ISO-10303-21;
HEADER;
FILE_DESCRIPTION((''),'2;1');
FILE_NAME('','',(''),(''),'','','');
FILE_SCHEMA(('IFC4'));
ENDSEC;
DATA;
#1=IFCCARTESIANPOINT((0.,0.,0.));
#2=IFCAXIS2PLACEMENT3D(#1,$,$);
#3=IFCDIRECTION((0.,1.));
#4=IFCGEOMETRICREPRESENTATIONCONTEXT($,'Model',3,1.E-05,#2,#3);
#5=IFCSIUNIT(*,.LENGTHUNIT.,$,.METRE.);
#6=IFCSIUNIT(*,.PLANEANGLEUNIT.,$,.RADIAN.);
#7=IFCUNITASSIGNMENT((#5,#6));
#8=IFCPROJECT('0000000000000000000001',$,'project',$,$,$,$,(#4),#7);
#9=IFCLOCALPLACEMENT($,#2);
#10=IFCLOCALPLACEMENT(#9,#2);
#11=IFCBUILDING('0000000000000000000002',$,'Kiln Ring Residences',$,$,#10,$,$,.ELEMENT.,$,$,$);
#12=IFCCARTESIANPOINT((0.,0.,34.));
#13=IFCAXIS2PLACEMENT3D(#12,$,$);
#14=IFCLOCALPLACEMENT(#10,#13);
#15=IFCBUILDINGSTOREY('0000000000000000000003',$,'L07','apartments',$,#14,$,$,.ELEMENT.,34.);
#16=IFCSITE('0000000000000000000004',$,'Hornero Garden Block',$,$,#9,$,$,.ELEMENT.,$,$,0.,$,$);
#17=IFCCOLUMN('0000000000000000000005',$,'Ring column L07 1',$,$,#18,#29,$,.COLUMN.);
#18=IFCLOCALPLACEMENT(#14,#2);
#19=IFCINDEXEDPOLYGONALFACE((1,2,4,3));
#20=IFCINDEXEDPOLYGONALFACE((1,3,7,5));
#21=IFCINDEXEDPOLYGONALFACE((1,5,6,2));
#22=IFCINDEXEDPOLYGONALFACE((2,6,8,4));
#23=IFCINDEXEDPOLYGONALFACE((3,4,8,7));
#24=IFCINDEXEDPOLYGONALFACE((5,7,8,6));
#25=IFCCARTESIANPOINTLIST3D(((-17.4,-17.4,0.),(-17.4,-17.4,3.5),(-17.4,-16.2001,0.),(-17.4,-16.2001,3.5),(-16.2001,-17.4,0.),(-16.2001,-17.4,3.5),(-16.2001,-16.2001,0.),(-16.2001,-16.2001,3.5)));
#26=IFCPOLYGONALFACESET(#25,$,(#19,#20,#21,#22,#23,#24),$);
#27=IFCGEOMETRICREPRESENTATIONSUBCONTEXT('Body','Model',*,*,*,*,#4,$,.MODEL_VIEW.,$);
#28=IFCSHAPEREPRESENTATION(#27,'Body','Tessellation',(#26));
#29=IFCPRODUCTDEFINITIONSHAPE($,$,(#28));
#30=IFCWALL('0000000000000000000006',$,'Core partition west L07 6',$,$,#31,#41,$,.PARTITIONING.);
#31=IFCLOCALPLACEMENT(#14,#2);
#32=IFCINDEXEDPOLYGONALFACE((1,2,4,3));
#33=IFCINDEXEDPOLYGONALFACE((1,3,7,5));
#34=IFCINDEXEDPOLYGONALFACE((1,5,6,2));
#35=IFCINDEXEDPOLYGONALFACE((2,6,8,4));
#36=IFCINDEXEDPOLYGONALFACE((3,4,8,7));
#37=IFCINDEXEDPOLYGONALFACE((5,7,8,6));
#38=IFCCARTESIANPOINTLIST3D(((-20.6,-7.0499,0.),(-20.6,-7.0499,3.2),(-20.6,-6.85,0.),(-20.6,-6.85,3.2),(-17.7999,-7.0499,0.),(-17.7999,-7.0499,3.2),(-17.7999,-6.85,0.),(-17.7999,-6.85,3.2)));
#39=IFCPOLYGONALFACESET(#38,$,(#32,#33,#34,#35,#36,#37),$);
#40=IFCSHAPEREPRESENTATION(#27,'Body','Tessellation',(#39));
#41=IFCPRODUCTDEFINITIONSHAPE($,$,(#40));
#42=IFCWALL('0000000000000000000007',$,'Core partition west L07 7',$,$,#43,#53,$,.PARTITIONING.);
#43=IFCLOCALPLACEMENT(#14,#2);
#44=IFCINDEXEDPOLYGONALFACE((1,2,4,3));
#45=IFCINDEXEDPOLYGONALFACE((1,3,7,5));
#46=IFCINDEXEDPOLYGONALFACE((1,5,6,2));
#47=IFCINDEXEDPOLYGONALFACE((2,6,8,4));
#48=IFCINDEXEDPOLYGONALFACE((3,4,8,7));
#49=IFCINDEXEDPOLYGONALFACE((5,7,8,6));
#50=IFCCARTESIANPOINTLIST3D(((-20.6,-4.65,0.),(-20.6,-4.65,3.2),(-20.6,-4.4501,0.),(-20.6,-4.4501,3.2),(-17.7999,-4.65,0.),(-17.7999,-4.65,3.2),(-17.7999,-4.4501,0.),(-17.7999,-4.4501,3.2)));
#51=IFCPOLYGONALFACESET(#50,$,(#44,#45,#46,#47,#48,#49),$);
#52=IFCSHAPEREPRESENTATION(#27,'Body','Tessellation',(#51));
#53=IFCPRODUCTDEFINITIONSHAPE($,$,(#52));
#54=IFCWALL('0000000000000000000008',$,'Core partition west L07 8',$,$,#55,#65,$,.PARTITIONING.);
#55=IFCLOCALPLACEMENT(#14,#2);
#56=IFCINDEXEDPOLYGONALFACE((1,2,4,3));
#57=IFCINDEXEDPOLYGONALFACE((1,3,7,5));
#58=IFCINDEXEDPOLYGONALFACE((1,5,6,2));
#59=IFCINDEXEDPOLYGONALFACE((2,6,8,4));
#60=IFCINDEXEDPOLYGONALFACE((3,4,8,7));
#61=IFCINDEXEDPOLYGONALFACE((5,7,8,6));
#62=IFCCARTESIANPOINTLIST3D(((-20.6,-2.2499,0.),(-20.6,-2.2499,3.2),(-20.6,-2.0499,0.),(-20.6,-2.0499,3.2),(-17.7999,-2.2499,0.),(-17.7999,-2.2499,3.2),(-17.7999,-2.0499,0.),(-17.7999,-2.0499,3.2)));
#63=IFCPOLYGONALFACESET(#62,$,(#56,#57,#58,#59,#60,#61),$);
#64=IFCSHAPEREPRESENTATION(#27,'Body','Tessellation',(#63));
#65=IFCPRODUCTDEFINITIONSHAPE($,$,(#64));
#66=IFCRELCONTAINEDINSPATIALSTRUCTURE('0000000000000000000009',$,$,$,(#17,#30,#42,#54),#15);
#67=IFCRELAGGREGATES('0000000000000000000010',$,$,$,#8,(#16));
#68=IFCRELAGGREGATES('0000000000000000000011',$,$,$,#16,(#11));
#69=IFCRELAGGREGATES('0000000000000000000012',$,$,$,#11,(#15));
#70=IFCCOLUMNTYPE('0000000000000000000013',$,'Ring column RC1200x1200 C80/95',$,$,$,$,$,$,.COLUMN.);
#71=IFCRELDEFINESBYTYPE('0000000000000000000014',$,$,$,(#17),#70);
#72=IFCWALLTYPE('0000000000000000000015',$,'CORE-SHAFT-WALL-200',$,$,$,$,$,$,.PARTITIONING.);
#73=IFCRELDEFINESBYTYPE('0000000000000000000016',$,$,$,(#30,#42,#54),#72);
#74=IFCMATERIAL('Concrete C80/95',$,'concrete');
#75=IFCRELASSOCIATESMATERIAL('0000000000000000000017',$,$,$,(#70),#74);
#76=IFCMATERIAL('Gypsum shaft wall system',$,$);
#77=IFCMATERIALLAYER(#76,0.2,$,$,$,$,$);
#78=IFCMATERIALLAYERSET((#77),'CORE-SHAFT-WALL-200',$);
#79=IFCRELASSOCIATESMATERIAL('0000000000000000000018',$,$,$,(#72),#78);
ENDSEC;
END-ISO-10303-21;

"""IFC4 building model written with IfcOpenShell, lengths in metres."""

from ifc_helpers import new_model, si_unit, direction, frame, frame_2d, origin, origin_2d, place, context, subcontext, project, spatial, rectangle, extrude, material, layer, layer_set, material_profile, profile_set, type_object, element, save


model = new_model("IFC4")

# Units and contexts
model_context = context("Model", 3, precision=1e-05, world=origin(), true_north=direction((0.0, 1.0)))
body_context = subcontext(model_context, "Body", "Model", "MODEL_VIEW")
ifc_project = project(units=[si_unit("LENGTHUNIT", "METRE"), si_unit("PLANEANGLEUNIT", "RADIAN")], contexts=[model_context])

# Site, building, storey
site_placement = place(None, origin())
site = spatial("IfcSite", under=ifc_project, at=site_placement, Name="Hornero Garden Block", CompositionType="ELEMENT", RefElevation=0.0)
building_placement = place(site_placement, origin())
building = spatial("IfcBuilding", under=site, at=building_placement, Name="Kiln Ring Residences", CompositionType="ELEMENT")
storey_placement = place(building_placement, frame((0.0, 0.0, 34.0)))
storey = spatial("IfcBuildingStorey", under=building, at=storey_placement, Name="L07", Description="apartments", CompositionType="ELEMENT", Elevation=34.0)

# Column
ifc_material_1 = material(Name="Concrete C80/95", Category="concrete")
ifc_material_profile = material_profile(ifc_material_1, rectangle(XDim=1.2, YDim=1.2, at=origin_2d()), Name="RC1200x1200")
ifc_profile_set = profile_set([ifc_material_profile], Name="Concrete C80/95")
column_type = type_object("IfcColumnType", Name="Ring column RC1200x1200 C80/95", PredefinedType="COLUMN", material=ifc_profile_set)
column_placement = place(storey_placement, frame((-16.8, -16.8, 0.0), z_axis=(0.0, 0.0, 1.0), x_axis=(1.0, 0.0, 0.0)))
element("IfcColumn", 1, at=column_placement, inside=storey, type_object=column_type, Name="Ring column L07 1", PredefinedType="COLUMN", context=body_context, shape_type="SweptSolid", body=[
    extrude(rectangle(XDim=1.2, YDim=1.2, at=origin_2d()), origin(), (0.0, 0.0, 1.0), 3.5),
])

# Walls
ifc_material_2 = material(Name="Gypsum shaft wall system")
ifc_layer_1 = layer(ifc_material_2, 0.2)
ifc_layer_set_1 = layer_set([ifc_layer_1], Name="CORE-SHAFT-WALL-200")
wall_type_1 = type_object("IfcWallType", Name="CORE-SHAFT-WALL-200", PredefinedType="PARTITIONING", material=ifc_layer_set_1)
for number, where, z_axis, x_axis, name in (
    (2, (-17.8, -6.95, 0.0), (0.0, 0.0, 1.0), (-1.0, 0.0, 0.0), "Core partition west L07 6"),
    (3, (-17.8, -4.55, 0.0), (0.0, 0.0, 1.0), (-1.0, 0.0, 0.0), "Core partition west L07 7"),
    (4, (-17.8, -2.1499, 0.0), (0.0, 0.0, 1.0), (-1.0, 0.0, 0.0), "Core partition west L07 8"),
):
    element("IfcWall", number, at=place(storey_placement, frame(where, z_axis=z_axis, x_axis=x_axis)), inside=storey, type_object=wall_type_1, Name=name, PredefinedType="PARTITIONING", context=body_context, shape_type="SweptSolid", body=[
        extrude(rectangle(XDim=2.8, YDim=0.2, at=frame_2d((1.3999, 0.0))), origin(), (0.0, 0.0, 1.0), 3.2),
    ])

save(model, "model.ifc")
